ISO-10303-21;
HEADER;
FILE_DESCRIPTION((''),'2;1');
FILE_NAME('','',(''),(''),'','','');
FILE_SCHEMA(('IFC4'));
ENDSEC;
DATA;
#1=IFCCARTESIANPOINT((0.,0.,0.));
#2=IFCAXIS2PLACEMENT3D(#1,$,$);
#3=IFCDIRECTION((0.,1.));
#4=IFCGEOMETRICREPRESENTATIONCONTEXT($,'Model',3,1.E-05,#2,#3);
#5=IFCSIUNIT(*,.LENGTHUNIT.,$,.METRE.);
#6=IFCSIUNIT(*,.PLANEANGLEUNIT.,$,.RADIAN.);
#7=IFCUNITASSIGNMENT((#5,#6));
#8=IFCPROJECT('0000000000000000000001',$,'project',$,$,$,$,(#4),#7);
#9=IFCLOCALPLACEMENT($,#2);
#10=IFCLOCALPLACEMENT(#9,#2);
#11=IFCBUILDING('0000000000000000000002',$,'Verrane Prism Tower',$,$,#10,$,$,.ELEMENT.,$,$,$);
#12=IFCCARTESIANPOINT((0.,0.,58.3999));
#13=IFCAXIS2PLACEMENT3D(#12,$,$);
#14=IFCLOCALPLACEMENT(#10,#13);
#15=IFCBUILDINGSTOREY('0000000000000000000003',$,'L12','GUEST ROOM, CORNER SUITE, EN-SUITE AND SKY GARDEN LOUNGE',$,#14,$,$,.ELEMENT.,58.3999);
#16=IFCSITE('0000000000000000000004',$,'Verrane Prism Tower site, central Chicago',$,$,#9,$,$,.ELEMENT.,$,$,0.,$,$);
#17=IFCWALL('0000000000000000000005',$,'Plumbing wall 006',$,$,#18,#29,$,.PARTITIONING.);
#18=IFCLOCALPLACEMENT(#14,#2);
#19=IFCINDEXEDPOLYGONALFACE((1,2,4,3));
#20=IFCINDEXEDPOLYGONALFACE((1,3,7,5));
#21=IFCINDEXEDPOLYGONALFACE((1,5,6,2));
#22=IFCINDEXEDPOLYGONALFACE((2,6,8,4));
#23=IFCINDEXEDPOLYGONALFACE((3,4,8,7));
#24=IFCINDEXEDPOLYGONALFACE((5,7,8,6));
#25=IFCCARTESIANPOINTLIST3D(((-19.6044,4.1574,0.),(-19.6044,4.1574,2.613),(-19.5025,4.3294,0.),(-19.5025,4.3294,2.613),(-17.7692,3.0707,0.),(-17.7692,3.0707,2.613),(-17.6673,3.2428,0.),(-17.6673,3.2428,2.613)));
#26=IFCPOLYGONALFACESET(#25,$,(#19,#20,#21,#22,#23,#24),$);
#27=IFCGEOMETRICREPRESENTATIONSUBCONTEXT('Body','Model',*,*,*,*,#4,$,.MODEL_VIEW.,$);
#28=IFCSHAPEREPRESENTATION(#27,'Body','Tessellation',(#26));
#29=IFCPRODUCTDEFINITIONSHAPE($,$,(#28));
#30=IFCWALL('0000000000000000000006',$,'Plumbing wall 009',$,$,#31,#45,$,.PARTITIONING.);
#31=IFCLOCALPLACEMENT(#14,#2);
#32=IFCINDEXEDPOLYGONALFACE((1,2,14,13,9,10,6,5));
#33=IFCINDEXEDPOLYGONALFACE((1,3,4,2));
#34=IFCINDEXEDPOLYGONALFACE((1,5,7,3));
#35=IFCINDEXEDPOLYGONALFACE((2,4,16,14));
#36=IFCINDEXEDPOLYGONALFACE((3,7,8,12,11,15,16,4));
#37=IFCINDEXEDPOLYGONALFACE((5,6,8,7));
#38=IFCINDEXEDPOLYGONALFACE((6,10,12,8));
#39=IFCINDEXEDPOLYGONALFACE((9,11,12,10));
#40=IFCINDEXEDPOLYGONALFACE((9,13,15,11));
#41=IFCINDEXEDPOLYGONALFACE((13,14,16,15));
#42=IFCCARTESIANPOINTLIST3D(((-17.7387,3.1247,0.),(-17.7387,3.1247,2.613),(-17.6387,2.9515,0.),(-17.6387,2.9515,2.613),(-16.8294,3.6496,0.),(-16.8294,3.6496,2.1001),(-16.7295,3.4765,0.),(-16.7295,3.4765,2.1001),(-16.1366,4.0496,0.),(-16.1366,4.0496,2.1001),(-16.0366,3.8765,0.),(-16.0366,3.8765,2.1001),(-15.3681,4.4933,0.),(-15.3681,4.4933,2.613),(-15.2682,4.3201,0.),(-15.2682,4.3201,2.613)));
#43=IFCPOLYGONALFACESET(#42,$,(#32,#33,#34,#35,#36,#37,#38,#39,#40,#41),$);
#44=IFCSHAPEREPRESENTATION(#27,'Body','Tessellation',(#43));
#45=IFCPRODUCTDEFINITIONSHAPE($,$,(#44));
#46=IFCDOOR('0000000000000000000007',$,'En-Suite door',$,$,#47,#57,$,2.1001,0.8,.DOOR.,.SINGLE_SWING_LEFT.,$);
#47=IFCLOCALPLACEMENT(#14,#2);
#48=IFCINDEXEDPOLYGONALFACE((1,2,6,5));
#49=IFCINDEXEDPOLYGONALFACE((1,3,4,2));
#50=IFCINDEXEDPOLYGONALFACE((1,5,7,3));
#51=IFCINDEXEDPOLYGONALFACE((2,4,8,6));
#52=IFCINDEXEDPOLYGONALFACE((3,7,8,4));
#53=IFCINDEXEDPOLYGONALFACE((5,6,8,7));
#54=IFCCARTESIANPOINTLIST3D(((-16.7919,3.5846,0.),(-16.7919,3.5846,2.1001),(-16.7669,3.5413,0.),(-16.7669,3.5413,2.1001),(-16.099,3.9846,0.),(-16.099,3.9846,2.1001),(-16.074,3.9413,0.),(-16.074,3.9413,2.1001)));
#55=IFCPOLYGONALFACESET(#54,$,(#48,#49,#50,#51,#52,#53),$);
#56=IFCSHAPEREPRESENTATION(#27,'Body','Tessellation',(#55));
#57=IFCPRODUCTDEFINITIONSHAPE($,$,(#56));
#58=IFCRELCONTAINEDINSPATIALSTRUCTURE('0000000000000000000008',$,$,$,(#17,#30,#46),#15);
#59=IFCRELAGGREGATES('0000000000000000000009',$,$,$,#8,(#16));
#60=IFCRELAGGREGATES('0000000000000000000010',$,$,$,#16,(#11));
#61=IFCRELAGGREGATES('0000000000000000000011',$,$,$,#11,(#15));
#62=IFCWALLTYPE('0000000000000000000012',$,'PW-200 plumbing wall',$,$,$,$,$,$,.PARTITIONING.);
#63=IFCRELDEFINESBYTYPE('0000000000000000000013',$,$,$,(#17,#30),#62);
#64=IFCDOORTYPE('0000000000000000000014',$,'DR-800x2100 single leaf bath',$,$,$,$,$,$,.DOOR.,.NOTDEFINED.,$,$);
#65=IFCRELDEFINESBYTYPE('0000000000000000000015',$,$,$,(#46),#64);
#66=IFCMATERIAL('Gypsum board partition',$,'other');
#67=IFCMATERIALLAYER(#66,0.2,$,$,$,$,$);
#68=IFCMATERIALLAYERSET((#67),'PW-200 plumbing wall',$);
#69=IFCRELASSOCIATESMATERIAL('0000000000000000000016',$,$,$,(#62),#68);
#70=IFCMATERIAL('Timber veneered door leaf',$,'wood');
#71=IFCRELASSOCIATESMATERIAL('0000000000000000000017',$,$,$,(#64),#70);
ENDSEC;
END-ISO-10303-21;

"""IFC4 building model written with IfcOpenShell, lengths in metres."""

from ifc_helpers import new_model, si_unit, direction, frame, frame_2d, origin, place, context, subcontext, project, spatial, rectangle, extrude, material, layer, layer_set, type_object, element, fill, save


model = new_model("IFC4")

# Units and contexts
model_context = context("Model", 3, precision=1e-05, world=origin(), true_north=direction((0.0, 1.0)))
body_context = subcontext(model_context, "Body", "Model", "MODEL_VIEW")
ifc_project = project(units=[si_unit("LENGTHUNIT", "METRE"), si_unit("PLANEANGLEUNIT", "RADIAN")], contexts=[model_context])

# Site, building, storey
site_placement = place(None, origin())
site = spatial("IfcSite", under=ifc_project, at=site_placement, Name="Verrane Prism Tower site, central Chicago", CompositionType="ELEMENT", RefElevation=0.0)
building_placement = place(site_placement, origin())
building = spatial("IfcBuilding", under=site, at=building_placement, Name="Verrane Prism Tower", CompositionType="ELEMENT")
storey_placement = place(building_placement, frame((0.0, 0.0, 58.3999)))
storey = spatial("IfcBuildingStorey", under=building, at=storey_placement, Name="L12", Description="GUEST ROOM, CORNER SUITE, EN-SUITE AND SKY GARDEN LOUNGE", CompositionType="ELEMENT", Elevation=58.3999)

# Wall
ifc_material_1 = material(Name="Gypsum board partition", Category="other")
ifc_layer_1 = layer(ifc_material_1, 0.2)
ifc_layer_set_1 = layer_set([ifc_layer_1], Name="PW-200 plumbing wall")
wall_type_1 = type_object("IfcWallType", Name="PW-200 plumbing wall", PredefinedType="PARTITIONING", material=ifc_layer_set_1)
wall_1_placement = place(storey_placement, frame((-19.5535, 4.2434, 0.0), z_axis=(0.0, 0.0, 1.0), x_axis=(0.860468, -0.509504, 0.0)))
element("IfcWall", 1, at=wall_1_placement, inside=storey, type_object=wall_type_1, Name="Plumbing wall 006", PredefinedType="PARTITIONING", context=body_context, shape_type="SweptSolid", body=[
    extrude(rectangle(XDim=2.1328, YDim=0.2, at=frame_2d((1.0664, 0.0))), origin(), (0.0, 0.0, 1.0), 2.613),
])

# Wall, opening, door
wall_2_placement = place(storey_placement, frame((-17.6887, 3.0381, 0.0), z_axis=(0.0, 0.0, 1.0), x_axis=(0.866028, 0.499995, 0.0)))
wall_2 = element("IfcWall", 2, at=wall_2_placement, inside=storey, type_object=wall_type_1, Name="Plumbing wall 009", PredefinedType="PARTITIONING", context=body_context, shape_type="SweptSolid", body=[
    extrude(rectangle(XDim=2.7373, YDim=0.2, at=frame_2d((1.3687, 0.0))), origin(), (0.0, 0.0, 1.0), 2.613),
])
opening_1_placement = place(wall_2_placement, frame((1.05, 0.0, 0.0)))
opening_1 = element("IfcOpeningElement", 3, at=opening_1_placement, cuts=wall_2, PredefinedType="OPENING", context=body_context, shape_type="SweptSolid", body=[
    extrude(rectangle(XDim=0.8, YDim=2.1001, at=frame_2d((0.3999, 1.05))), frame((0.0, 0.1099, 0.0), z_axis=(0.0, -1.0, 0.0), x_axis=(1.0, 0.0, 0.0)), (0.0, 0.0, 1.0), 0.22),
])
ifc_material_2 = material(Name="Timber veneered door leaf", Category="wood")
door_type_1 = type_object("IfcDoorType", Name="DR-800x2100 single leaf bath", OperationType="NOTDEFINED", PredefinedType="DOOR", material=ifc_material_2)
door_1_placement = place(opening_1_placement, origin())
door_1 = element("IfcDoor", 4, at=door_1_placement, inside=storey, type_object=door_type_1, Name="En-Suite door", OperationType="SINGLE_SWING_LEFT", OverallHeight=2.1001, OverallWidth=0.8, PredefinedType="DOOR", context=body_context, shape_type="SweptSolid", body=[
    extrude(rectangle(XDim=0.8, YDim=2.1001, at=frame_2d((0.3999, 1.05))), frame((0.0, 0.0249, 0.0), z_axis=(0.0, -1.0, 0.0), x_axis=(1.0, 0.0, 0.0)), (0.0, 0.0, 1.0), 0.05),
])
fill(opening_1, door_1)

save(model, "model.ifc")
